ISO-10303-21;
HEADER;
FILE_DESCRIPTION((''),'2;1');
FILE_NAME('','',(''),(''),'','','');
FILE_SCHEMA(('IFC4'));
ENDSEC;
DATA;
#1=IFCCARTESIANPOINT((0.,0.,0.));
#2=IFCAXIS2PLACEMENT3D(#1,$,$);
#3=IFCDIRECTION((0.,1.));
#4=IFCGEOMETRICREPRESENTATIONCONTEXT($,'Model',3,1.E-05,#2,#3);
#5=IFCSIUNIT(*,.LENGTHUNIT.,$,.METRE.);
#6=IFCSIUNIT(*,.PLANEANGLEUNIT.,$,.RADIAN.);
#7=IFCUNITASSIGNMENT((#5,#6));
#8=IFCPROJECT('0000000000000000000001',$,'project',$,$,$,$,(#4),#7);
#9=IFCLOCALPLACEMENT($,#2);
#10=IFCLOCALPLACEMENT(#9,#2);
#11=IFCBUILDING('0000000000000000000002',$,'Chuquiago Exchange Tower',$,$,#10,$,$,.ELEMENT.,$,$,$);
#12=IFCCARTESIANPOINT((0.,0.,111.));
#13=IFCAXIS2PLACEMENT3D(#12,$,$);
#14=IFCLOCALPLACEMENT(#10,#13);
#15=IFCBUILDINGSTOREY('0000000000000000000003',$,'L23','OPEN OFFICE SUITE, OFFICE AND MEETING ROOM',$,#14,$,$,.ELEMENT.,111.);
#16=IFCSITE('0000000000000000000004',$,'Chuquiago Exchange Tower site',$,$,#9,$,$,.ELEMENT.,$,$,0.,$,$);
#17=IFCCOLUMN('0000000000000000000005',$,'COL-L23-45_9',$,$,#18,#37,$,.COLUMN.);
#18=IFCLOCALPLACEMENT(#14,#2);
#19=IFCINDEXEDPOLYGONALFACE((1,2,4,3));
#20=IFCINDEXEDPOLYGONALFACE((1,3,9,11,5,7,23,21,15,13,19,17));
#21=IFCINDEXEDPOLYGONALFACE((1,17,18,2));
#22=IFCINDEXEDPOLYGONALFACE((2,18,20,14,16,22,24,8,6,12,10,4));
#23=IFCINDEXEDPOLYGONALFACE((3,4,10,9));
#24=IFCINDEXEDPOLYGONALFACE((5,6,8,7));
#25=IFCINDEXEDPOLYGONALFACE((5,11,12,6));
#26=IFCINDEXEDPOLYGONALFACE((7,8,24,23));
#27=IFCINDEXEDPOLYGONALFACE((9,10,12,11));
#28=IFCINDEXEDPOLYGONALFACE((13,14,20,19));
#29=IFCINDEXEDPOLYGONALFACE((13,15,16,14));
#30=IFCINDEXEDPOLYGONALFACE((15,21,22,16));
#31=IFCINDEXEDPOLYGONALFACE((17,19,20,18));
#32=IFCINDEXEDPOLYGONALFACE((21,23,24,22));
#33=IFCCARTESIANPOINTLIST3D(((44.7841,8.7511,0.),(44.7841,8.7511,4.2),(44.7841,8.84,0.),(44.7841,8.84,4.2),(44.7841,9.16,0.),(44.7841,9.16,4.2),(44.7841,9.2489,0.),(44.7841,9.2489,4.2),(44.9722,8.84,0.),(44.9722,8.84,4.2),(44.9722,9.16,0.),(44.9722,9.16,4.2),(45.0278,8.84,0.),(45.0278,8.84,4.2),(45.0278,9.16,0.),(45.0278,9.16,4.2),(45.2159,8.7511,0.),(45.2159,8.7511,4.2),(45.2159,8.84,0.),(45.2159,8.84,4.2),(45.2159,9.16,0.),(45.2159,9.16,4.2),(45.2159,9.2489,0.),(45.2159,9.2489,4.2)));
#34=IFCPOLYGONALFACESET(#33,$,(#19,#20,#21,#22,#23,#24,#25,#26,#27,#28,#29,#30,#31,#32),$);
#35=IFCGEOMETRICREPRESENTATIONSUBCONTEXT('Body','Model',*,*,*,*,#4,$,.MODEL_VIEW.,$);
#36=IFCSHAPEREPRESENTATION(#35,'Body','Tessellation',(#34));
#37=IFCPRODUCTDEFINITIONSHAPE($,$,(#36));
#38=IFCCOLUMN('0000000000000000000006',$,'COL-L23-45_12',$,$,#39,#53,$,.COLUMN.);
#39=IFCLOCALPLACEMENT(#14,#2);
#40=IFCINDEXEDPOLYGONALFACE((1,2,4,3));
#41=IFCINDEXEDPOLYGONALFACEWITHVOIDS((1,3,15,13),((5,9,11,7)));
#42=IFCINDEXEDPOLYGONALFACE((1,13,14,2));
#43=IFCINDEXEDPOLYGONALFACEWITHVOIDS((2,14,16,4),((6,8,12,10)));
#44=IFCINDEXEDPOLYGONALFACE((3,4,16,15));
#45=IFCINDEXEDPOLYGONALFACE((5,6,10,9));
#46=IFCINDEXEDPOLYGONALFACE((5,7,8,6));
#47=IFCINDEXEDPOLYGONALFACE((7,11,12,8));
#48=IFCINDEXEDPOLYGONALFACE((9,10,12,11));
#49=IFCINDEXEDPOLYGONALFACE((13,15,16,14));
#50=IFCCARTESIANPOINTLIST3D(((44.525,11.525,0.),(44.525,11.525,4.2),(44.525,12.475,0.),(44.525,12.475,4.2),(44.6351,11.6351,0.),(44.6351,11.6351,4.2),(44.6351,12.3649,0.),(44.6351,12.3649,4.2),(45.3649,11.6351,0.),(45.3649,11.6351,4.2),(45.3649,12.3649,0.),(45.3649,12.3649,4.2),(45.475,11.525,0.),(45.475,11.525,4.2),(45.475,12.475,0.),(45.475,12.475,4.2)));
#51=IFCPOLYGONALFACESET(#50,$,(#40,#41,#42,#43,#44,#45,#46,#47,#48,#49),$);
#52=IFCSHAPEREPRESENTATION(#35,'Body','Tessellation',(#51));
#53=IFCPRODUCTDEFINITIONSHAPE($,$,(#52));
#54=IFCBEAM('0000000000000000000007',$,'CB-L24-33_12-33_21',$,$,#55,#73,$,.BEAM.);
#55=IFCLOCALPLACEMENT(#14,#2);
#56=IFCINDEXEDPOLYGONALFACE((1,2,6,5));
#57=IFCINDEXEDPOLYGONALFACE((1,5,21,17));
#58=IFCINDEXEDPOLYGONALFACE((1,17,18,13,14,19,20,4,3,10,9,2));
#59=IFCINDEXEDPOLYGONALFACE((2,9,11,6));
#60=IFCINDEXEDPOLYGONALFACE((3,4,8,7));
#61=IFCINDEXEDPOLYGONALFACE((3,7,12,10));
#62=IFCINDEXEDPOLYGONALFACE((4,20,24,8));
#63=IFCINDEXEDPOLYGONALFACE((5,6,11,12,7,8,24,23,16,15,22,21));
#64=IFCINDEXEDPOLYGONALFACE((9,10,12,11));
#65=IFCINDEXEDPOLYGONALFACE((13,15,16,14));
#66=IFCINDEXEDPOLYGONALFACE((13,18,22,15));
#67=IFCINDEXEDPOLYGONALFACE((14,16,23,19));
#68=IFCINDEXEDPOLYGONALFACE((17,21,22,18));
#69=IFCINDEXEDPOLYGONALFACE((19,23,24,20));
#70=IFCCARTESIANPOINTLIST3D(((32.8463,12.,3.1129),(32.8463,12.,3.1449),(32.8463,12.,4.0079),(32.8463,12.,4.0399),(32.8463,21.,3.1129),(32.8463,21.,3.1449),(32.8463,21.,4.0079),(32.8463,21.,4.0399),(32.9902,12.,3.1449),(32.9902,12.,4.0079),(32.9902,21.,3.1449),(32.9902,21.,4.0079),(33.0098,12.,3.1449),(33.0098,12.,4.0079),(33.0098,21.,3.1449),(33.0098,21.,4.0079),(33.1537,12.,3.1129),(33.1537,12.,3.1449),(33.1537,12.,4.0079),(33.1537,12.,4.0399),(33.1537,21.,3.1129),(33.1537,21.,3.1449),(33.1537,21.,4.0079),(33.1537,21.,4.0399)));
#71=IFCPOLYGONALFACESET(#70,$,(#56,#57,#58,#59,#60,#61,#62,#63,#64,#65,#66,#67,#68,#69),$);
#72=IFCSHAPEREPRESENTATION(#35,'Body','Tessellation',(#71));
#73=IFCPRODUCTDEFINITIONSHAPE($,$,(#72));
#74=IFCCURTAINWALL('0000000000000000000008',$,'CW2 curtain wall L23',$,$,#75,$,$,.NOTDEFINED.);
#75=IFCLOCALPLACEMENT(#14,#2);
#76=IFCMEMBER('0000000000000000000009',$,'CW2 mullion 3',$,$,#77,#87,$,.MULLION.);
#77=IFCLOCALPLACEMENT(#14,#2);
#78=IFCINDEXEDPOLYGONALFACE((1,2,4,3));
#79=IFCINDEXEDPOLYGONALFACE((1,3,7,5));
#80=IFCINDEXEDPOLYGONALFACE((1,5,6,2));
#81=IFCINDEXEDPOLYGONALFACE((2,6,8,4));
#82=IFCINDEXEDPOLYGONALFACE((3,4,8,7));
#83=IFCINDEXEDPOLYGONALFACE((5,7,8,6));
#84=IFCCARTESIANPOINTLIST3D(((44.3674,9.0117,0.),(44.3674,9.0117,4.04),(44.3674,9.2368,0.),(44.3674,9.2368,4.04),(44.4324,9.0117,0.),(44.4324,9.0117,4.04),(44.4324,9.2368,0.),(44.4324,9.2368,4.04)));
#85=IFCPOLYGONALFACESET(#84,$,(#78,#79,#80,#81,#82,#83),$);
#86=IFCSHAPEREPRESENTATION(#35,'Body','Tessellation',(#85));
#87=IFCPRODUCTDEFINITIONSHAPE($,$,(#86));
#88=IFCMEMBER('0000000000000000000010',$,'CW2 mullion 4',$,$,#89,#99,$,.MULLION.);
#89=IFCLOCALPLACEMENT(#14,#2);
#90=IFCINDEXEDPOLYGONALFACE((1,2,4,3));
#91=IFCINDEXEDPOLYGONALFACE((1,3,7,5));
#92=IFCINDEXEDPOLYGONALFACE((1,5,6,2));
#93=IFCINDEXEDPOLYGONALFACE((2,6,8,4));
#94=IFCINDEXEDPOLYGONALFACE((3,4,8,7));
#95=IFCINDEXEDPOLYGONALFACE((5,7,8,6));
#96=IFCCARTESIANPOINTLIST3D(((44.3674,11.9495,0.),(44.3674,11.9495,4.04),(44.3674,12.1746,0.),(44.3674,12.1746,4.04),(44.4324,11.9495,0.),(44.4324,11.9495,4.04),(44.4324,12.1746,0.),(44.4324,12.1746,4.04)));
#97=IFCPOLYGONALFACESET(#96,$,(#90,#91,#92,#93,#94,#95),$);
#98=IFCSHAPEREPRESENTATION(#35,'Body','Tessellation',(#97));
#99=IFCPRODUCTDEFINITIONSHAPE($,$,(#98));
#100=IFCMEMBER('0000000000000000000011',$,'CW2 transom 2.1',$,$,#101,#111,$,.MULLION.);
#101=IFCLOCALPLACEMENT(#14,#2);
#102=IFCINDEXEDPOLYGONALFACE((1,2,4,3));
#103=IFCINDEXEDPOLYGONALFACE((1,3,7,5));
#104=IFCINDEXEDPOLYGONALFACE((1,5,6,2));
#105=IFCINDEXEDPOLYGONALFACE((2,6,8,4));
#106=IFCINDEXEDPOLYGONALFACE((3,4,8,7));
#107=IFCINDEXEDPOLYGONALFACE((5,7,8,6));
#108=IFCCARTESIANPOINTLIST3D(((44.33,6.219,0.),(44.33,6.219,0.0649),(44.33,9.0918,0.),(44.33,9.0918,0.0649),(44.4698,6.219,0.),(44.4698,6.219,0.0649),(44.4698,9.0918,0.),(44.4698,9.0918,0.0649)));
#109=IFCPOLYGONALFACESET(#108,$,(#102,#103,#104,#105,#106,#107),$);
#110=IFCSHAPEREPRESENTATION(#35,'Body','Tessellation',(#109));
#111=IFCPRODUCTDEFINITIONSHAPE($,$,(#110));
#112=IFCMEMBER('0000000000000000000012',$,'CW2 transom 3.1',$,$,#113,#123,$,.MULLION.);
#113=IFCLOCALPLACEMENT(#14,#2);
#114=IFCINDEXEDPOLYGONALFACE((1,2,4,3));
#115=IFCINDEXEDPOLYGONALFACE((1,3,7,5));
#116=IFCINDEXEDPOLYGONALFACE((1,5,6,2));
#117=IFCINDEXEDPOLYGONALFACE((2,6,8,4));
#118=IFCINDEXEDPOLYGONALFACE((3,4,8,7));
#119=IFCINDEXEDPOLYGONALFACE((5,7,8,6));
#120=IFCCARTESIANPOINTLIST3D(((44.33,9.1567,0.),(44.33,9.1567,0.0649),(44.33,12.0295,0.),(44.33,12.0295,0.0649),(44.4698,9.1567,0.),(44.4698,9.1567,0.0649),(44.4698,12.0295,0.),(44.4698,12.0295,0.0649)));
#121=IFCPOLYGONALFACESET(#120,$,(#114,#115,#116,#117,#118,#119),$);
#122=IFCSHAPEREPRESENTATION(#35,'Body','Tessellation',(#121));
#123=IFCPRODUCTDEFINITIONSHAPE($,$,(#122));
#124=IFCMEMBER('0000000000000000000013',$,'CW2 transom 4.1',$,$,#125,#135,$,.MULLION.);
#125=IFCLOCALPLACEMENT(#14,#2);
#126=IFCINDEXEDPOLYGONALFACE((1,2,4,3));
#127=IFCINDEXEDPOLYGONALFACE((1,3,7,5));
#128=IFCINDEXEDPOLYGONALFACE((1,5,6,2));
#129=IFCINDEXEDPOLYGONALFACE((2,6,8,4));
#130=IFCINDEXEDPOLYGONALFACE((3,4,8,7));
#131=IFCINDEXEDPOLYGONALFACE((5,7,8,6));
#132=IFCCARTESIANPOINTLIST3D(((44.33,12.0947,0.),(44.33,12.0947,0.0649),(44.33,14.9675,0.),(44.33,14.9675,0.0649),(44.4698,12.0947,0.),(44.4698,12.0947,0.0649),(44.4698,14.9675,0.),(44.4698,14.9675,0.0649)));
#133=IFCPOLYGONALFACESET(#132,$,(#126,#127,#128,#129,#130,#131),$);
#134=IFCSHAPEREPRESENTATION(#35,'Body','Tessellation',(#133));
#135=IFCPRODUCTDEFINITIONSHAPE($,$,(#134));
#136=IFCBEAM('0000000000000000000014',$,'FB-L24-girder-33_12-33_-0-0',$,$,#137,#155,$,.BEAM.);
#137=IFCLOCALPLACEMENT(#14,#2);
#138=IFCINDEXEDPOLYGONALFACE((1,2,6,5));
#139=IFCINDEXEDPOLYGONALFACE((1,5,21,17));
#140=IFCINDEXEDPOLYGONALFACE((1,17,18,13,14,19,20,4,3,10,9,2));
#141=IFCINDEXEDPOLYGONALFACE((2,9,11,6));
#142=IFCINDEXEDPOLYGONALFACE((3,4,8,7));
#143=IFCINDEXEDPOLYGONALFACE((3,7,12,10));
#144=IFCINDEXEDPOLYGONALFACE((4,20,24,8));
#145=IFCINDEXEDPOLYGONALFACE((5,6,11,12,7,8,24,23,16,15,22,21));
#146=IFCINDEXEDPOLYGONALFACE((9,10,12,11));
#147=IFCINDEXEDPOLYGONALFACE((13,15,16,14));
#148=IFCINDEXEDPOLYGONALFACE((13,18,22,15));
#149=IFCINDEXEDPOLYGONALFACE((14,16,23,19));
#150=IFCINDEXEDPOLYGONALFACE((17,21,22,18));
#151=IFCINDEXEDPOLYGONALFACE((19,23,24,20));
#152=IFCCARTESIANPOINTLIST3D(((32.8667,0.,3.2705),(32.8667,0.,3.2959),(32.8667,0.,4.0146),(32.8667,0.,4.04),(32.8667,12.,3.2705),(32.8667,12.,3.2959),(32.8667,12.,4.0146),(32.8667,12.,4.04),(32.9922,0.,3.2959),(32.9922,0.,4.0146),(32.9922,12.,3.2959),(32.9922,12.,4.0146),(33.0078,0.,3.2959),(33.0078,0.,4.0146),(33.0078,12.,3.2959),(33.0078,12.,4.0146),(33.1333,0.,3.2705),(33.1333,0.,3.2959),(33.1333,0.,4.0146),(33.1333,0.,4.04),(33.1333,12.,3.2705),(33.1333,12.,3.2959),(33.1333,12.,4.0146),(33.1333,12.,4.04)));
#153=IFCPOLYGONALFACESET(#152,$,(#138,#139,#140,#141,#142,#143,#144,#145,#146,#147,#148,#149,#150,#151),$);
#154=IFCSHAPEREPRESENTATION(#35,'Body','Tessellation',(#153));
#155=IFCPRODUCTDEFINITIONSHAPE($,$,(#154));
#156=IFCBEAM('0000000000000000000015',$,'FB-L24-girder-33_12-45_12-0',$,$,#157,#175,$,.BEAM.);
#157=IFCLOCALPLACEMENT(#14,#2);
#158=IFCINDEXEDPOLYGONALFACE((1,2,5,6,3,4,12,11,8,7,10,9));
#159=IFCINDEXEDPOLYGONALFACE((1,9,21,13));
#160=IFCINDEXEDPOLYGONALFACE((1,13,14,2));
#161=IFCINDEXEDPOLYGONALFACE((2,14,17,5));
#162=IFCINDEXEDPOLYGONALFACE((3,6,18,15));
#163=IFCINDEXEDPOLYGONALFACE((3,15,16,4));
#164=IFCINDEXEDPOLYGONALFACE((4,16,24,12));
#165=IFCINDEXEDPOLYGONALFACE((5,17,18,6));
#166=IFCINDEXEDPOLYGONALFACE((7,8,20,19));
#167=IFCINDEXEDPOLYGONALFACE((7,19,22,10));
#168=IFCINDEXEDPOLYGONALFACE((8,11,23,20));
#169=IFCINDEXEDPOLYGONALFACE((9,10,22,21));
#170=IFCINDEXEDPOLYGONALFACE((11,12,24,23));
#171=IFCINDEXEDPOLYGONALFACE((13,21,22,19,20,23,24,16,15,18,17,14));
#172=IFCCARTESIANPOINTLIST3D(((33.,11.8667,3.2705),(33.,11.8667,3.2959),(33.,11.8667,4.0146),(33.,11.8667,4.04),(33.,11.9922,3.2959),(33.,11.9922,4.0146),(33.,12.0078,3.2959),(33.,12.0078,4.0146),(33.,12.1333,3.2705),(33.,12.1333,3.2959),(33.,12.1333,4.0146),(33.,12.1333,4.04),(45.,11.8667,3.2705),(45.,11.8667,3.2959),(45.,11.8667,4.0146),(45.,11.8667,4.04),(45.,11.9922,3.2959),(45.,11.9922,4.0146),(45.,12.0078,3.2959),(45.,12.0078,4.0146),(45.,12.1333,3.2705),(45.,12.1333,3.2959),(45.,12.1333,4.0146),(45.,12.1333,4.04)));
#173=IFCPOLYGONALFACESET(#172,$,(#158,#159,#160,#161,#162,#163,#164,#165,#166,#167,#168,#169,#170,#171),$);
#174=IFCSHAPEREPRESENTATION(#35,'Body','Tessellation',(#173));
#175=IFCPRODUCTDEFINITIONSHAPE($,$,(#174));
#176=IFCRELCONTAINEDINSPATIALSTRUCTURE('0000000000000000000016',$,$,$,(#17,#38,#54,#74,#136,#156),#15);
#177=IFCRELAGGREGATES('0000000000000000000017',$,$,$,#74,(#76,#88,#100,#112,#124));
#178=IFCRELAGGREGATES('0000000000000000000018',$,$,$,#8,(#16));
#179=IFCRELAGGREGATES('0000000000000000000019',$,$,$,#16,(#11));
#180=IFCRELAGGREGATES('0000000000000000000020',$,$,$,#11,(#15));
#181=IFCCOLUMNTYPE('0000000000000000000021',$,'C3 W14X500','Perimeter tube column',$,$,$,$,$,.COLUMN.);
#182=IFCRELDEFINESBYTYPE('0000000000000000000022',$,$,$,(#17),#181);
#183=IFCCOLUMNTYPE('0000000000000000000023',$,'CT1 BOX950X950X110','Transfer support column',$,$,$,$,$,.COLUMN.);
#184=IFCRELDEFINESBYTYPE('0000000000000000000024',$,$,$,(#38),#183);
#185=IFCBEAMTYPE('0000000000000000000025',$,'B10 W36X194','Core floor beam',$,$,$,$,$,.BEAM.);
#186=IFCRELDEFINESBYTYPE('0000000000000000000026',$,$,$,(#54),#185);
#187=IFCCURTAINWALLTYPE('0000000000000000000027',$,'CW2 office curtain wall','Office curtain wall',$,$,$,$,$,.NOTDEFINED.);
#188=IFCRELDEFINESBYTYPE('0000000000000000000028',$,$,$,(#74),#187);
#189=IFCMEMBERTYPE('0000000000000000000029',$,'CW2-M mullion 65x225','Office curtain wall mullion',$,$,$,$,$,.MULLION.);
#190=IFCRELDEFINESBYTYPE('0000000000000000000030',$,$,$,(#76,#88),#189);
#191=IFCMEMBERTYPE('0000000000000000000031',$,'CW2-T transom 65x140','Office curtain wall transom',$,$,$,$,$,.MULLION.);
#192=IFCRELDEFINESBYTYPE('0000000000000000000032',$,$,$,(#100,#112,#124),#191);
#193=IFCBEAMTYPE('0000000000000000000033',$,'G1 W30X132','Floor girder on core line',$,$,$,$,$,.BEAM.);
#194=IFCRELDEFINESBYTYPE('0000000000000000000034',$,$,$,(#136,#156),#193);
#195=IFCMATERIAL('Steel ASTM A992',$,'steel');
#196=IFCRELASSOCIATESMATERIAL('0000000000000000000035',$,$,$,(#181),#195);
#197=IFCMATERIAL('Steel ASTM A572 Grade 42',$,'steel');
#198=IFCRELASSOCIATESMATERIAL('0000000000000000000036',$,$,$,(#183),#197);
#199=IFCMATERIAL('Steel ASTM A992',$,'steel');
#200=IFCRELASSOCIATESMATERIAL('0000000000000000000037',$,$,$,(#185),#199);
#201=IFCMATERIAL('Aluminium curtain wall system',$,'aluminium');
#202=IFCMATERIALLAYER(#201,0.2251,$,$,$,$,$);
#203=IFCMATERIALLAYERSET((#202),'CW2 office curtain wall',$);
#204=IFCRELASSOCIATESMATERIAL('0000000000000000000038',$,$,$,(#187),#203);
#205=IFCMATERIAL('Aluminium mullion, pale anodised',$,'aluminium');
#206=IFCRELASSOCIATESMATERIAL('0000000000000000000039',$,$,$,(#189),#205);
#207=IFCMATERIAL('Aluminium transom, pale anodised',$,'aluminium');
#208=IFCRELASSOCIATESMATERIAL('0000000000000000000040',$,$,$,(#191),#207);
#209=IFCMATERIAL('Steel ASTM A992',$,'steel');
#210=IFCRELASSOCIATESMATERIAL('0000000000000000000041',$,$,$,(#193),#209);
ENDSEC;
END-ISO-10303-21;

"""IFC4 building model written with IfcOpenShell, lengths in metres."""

from ifc_helpers import new_model, si_unit, direction, frame, origin, origin_2d, place, context, subcontext, project, spatial, rectangle, hollow_rectangle, i_section, extrude, material, layer, layer_set, material_profile, profile_set, type_object, element, aggregate, save


model = new_model("IFC4")

# Units and contexts
model_context = context("Model", 3, precision=1e-05, world=origin(), true_north=direction((0.0, 1.0)))
body_context = subcontext(model_context, "Body", "Model", "MODEL_VIEW")
ifc_project = project(units=[si_unit("LENGTHUNIT", "METRE"), si_unit("PLANEANGLEUNIT", "RADIAN")], contexts=[model_context])

# Site, building, storey
site_placement = place(None, origin())
site = spatial("IfcSite", under=ifc_project, at=site_placement, Name="Chuquiago Exchange Tower site", CompositionType="ELEMENT", RefElevation=0.0)
building_placement = place(site_placement, origin())
building = spatial("IfcBuilding", under=site, at=building_placement, Name="Chuquiago Exchange Tower", CompositionType="ELEMENT")
storey_placement = place(building_placement, frame((0.0, 0.0, 111.0)))
storey = spatial("IfcBuildingStorey", under=building, at=storey_placement, Name="L23", Description="OPEN OFFICE SUITE, OFFICE AND MEETING ROOM", CompositionType="ELEMENT", Elevation=111.0)

# Columns
ifc_material_1 = material(Name="Steel ASTM A992", Category="steel")
ifc_material_profile_1 = material_profile(ifc_material_1, i_section(OverallWidth=0.4319, OverallDepth=0.4978, WebThickness=0.0557, FlangeThickness=0.0889, at=origin_2d()), Name="W14X500")
ifc_profile_set_1 = profile_set([ifc_material_profile_1], Name="Steel ASTM A992")
column_type_1 = type_object("IfcColumnType", Name="C3 W14X500", Description="Perimeter tube column", PredefinedType="COLUMN", material=ifc_profile_set_1)
column_1_placement = place(storey_placement, frame((45.0, 9.0, 0.0), z_axis=(0.0, 0.0, 1.0), x_axis=(1.0, 0.0, 0.0)))
element("IfcColumn", 1, at=column_1_placement, inside=storey, type_object=column_type_1, Name="COL-L23-45_9", PredefinedType="COLUMN", context=body_context, shape_type="SweptSolid", body=[
    extrude(i_section(OverallWidth=0.4319, OverallDepth=0.4978, WebThickness=0.0557, FlangeThickness=0.0889, at=origin_2d()), origin(), (0.0, 0.0, 1.0), 4.2),
])
ifc_material_2 = material(Name="Steel ASTM A572 Grade 42", Category="steel")
ifc_material_profile_2 = material_profile(ifc_material_2, hollow_rectangle(XDim=0.95, YDim=0.95, WallThickness=0.1101, at=origin_2d()), Name="BOX950X950X110")
ifc_profile_set_2 = profile_set([ifc_material_profile_2], Name="Steel ASTM A572 Grade 42")
column_type_2 = type_object("IfcColumnType", Name="CT1 BOX950X950X110", Description="Transfer support column", PredefinedType="COLUMN", material=ifc_profile_set_2)
column_2_placement = place(storey_placement, frame((45.0, 12.0, 0.0), z_axis=(0.0, 0.0, 1.0), x_axis=(1.0, 0.0, 0.0)))
element("IfcColumn", 2, at=column_2_placement, inside=storey, type_object=column_type_2, Name="COL-L23-45_12", PredefinedType="COLUMN", context=body_context, shape_type="SweptSolid", body=[
    extrude(hollow_rectangle(XDim=0.95, YDim=0.95, WallThickness=0.1101, at=origin_2d()), origin(), (0.0, 0.0, 1.0), 4.2),
])

# Beam
ifc_material_3 = material(Name="Steel ASTM A992", Category="steel")
ifc_material_profile_3 = material_profile(ifc_material_3, i_section(OverallWidth=0.3074, OverallDepth=0.927, WebThickness=0.0195, FlangeThickness=0.032, at=origin_2d()), Name="W36X194")
ifc_profile_set_3 = profile_set([ifc_material_profile_3], Name="Steel ASTM A992")
beam_type_1 = type_object("IfcBeamType", Name="B10 W36X194", Description="Core floor beam", PredefinedType="BEAM", material=ifc_profile_set_3)
beam_placement = place(storey_placement, frame((33.0, 12.0, 3.5764), z_axis=(0.0, 1.0, 0.0), x_axis=(-1.0, 0.0, 0.0)))
element("IfcBeam", 3, at=beam_placement, inside=storey, type_object=beam_type_1, Name="CB-L24-33_12-33_21", PredefinedType="BEAM", context=body_context, shape_type="SweptSolid", body=[
    extrude(i_section(OverallWidth=0.3074, OverallDepth=0.927, WebThickness=0.0195, FlangeThickness=0.032, at=origin_2d()), origin(), (0.0, 0.0, 1.0), 9.0),
])

# Curtain wall, members
ifc_material_4 = material(Name="Aluminium curtain wall system", Category="aluminium")
ifc_layer_1 = layer(ifc_material_4, 0.2251)
ifc_layer_set_1 = layer_set([ifc_layer_1], Name="CW2 office curtain wall")
curtain_wall_type = type_object("IfcCurtainWallType", Name="CW2 office curtain wall", Description="Office curtain wall", PredefinedType="NOTDEFINED", material=ifc_layer_set_1)
curtain_wall_placement = place(storey_placement, origin())
curtain_wall = element("IfcCurtainWall", 4, at=curtain_wall_placement, inside=storey, type_object=curtain_wall_type, Name="CW2 curtain wall L23", PredefinedType="NOTDEFINED")
ifc_material_5 = material(Name="Aluminium mullion, pale anodised", Category="aluminium")
ifc_material_profile_4 = material_profile(ifc_material_5, rectangle(XDim=0.0649, YDim=0.2251, at=origin_2d()), Name="AL 65x225")
ifc_profile_set_4 = profile_set([ifc_material_profile_4], Name="Aluminium mullion, pale anodised")
member_type_1 = type_object("IfcMemberType", Name="CW2-M mullion 65x225", Description="Office curtain wall mullion", PredefinedType="MULLION", material=ifc_profile_set_4)
member_1_placement = place(storey_placement, frame((44.3999, 9.1243, 0.0), z_axis=(0.0, 0.0, 1.0), x_axis=(-1.0, 0.0, 0.0)))
member_1 = element("IfcMember", 5, at=member_1_placement, type_object=member_type_1, Name="CW2 mullion 3", PredefinedType="MULLION", context=body_context, shape_type="SweptSolid", body=[
    extrude(rectangle(XDim=0.0649, YDim=0.2251, at=origin_2d()), origin(), (0.0, 0.0, 1.0), 4.04),
])
member_2_placement = place(storey_placement, frame((44.3999, 12.062, 0.0), z_axis=(0.0, 0.0, 1.0), x_axis=(-1.0, 0.0, 0.0)))
member_2 = element("IfcMember", 6, at=member_2_placement, type_object=member_type_1, Name="CW2 mullion 4", PredefinedType="MULLION", context=body_context, shape_type="SweptSolid", body=[
    extrude(rectangle(XDim=0.0649, YDim=0.2251, at=origin_2d()), origin(), (0.0, 0.0, 1.0), 4.04),
])
ifc_material_6 = material(Name="Aluminium transom, pale anodised", Category="aluminium")
ifc_material_profile_5 = material_profile(ifc_material_6, rectangle(XDim=0.1399, YDim=0.0649, at=origin_2d()), Name="AL 140x65")
ifc_profile_set_5 = profile_set([ifc_material_profile_5], Name="Aluminium transom, pale anodised")
member_type_2 = type_object("IfcMemberType", Name="CW2-T transom 65x140", Description="Office curtain wall transom", PredefinedType="MULLION", material=ifc_profile_set_5)
member_3_placement = place(storey_placement, frame((44.3999, 6.219, 0.0325), z_axis=(0.0, 1.0, 0.0), x_axis=(-1.0, 0.0, 0.0)))
member_3 = element("IfcMember", 7, at=member_3_placement, type_object=member_type_2, Name="CW2 transom 2.1", PredefinedType="MULLION", context=body_context, shape_type="SweptSolid", body=[
    extrude(rectangle(XDim=0.1399, YDim=0.0649, at=origin_2d()), origin(), (0.0, 0.0, 1.0), 2.8728),
])
member_4_placement = place(storey_placement, frame((44.3999, 9.1567, 0.0325), z_axis=(0.0, 1.0, 0.0), x_axis=(-1.0, 0.0, 0.0)))
member_4 = element("IfcMember", 8, at=member_4_placement, type_object=member_type_2, Name="CW2 transom 3.1", PredefinedType="MULLION", context=body_context, shape_type="SweptSolid", body=[
    extrude(rectangle(XDim=0.1399, YDim=0.0649, at=origin_2d()), origin(), (0.0, 0.0, 1.0), 2.8728),
])
member_5_placement = place(storey_placement, frame((44.3999, 12.0947, 0.0325), z_axis=(0.0, 1.0, 0.0), x_axis=(-1.0, 0.0, 0.0)))
member_5 = element("IfcMember", 9, at=member_5_placement, type_object=member_type_2, Name="CW2 transom 4.1", PredefinedType="MULLION", context=body_context, shape_type="SweptSolid", body=[
    extrude(rectangle(XDim=0.1399, YDim=0.0649, at=origin_2d()), origin(), (0.0, 0.0, 1.0), 2.8728),
])

# Beams
ifc_material_7 = material(Name="Steel ASTM A992", Category="steel")
ifc_material_profile_6 = material_profile(ifc_material_7, i_section(OverallWidth=0.2666, OverallDepth=0.7695, WebThickness=0.0156, FlangeThickness=0.0254, at=origin_2d()), Name="W30X132")
ifc_profile_set_6 = profile_set([ifc_material_profile_6], Name="Steel ASTM A992")
beam_type_2 = type_object("IfcBeamType", Name="G1 W30X132", Description="Floor girder on core line", PredefinedType="BEAM", material=ifc_profile_set_6)
for number, where, z_axis, x_axis, name in (
    (10, (33.0, 12.0, 3.6553), (0.0, -1.0, 0.0), (1.0, 0.0, 0.0), "FB-L24-girder-33_12-33_-0-0"),
    (11, (33.0, 12.0, 3.6553), (1.0, 0.0, 0.0), (0.0, 1.0, 0.0), "FB-L24-girder-33_12-45_12-0"),
):
    element("IfcBeam", number, at=place(storey_placement, frame(where, z_axis=z_axis, x_axis=x_axis)), inside=storey, type_object=beam_type_2, Name=name, PredefinedType="BEAM", context=body_context, shape_type="SweptSolid", body=[
        extrude(i_section(OverallWidth=0.2666, OverallDepth=0.7695, WebThickness=0.0156, FlangeThickness=0.0254, at=origin_2d()), origin(), (0.0, 0.0, 1.0), 12.0),
    ])

aggregate(curtain_wall, [member_1, member_2, member_3, member_4, member_5])

save(model, "model.ifc")
